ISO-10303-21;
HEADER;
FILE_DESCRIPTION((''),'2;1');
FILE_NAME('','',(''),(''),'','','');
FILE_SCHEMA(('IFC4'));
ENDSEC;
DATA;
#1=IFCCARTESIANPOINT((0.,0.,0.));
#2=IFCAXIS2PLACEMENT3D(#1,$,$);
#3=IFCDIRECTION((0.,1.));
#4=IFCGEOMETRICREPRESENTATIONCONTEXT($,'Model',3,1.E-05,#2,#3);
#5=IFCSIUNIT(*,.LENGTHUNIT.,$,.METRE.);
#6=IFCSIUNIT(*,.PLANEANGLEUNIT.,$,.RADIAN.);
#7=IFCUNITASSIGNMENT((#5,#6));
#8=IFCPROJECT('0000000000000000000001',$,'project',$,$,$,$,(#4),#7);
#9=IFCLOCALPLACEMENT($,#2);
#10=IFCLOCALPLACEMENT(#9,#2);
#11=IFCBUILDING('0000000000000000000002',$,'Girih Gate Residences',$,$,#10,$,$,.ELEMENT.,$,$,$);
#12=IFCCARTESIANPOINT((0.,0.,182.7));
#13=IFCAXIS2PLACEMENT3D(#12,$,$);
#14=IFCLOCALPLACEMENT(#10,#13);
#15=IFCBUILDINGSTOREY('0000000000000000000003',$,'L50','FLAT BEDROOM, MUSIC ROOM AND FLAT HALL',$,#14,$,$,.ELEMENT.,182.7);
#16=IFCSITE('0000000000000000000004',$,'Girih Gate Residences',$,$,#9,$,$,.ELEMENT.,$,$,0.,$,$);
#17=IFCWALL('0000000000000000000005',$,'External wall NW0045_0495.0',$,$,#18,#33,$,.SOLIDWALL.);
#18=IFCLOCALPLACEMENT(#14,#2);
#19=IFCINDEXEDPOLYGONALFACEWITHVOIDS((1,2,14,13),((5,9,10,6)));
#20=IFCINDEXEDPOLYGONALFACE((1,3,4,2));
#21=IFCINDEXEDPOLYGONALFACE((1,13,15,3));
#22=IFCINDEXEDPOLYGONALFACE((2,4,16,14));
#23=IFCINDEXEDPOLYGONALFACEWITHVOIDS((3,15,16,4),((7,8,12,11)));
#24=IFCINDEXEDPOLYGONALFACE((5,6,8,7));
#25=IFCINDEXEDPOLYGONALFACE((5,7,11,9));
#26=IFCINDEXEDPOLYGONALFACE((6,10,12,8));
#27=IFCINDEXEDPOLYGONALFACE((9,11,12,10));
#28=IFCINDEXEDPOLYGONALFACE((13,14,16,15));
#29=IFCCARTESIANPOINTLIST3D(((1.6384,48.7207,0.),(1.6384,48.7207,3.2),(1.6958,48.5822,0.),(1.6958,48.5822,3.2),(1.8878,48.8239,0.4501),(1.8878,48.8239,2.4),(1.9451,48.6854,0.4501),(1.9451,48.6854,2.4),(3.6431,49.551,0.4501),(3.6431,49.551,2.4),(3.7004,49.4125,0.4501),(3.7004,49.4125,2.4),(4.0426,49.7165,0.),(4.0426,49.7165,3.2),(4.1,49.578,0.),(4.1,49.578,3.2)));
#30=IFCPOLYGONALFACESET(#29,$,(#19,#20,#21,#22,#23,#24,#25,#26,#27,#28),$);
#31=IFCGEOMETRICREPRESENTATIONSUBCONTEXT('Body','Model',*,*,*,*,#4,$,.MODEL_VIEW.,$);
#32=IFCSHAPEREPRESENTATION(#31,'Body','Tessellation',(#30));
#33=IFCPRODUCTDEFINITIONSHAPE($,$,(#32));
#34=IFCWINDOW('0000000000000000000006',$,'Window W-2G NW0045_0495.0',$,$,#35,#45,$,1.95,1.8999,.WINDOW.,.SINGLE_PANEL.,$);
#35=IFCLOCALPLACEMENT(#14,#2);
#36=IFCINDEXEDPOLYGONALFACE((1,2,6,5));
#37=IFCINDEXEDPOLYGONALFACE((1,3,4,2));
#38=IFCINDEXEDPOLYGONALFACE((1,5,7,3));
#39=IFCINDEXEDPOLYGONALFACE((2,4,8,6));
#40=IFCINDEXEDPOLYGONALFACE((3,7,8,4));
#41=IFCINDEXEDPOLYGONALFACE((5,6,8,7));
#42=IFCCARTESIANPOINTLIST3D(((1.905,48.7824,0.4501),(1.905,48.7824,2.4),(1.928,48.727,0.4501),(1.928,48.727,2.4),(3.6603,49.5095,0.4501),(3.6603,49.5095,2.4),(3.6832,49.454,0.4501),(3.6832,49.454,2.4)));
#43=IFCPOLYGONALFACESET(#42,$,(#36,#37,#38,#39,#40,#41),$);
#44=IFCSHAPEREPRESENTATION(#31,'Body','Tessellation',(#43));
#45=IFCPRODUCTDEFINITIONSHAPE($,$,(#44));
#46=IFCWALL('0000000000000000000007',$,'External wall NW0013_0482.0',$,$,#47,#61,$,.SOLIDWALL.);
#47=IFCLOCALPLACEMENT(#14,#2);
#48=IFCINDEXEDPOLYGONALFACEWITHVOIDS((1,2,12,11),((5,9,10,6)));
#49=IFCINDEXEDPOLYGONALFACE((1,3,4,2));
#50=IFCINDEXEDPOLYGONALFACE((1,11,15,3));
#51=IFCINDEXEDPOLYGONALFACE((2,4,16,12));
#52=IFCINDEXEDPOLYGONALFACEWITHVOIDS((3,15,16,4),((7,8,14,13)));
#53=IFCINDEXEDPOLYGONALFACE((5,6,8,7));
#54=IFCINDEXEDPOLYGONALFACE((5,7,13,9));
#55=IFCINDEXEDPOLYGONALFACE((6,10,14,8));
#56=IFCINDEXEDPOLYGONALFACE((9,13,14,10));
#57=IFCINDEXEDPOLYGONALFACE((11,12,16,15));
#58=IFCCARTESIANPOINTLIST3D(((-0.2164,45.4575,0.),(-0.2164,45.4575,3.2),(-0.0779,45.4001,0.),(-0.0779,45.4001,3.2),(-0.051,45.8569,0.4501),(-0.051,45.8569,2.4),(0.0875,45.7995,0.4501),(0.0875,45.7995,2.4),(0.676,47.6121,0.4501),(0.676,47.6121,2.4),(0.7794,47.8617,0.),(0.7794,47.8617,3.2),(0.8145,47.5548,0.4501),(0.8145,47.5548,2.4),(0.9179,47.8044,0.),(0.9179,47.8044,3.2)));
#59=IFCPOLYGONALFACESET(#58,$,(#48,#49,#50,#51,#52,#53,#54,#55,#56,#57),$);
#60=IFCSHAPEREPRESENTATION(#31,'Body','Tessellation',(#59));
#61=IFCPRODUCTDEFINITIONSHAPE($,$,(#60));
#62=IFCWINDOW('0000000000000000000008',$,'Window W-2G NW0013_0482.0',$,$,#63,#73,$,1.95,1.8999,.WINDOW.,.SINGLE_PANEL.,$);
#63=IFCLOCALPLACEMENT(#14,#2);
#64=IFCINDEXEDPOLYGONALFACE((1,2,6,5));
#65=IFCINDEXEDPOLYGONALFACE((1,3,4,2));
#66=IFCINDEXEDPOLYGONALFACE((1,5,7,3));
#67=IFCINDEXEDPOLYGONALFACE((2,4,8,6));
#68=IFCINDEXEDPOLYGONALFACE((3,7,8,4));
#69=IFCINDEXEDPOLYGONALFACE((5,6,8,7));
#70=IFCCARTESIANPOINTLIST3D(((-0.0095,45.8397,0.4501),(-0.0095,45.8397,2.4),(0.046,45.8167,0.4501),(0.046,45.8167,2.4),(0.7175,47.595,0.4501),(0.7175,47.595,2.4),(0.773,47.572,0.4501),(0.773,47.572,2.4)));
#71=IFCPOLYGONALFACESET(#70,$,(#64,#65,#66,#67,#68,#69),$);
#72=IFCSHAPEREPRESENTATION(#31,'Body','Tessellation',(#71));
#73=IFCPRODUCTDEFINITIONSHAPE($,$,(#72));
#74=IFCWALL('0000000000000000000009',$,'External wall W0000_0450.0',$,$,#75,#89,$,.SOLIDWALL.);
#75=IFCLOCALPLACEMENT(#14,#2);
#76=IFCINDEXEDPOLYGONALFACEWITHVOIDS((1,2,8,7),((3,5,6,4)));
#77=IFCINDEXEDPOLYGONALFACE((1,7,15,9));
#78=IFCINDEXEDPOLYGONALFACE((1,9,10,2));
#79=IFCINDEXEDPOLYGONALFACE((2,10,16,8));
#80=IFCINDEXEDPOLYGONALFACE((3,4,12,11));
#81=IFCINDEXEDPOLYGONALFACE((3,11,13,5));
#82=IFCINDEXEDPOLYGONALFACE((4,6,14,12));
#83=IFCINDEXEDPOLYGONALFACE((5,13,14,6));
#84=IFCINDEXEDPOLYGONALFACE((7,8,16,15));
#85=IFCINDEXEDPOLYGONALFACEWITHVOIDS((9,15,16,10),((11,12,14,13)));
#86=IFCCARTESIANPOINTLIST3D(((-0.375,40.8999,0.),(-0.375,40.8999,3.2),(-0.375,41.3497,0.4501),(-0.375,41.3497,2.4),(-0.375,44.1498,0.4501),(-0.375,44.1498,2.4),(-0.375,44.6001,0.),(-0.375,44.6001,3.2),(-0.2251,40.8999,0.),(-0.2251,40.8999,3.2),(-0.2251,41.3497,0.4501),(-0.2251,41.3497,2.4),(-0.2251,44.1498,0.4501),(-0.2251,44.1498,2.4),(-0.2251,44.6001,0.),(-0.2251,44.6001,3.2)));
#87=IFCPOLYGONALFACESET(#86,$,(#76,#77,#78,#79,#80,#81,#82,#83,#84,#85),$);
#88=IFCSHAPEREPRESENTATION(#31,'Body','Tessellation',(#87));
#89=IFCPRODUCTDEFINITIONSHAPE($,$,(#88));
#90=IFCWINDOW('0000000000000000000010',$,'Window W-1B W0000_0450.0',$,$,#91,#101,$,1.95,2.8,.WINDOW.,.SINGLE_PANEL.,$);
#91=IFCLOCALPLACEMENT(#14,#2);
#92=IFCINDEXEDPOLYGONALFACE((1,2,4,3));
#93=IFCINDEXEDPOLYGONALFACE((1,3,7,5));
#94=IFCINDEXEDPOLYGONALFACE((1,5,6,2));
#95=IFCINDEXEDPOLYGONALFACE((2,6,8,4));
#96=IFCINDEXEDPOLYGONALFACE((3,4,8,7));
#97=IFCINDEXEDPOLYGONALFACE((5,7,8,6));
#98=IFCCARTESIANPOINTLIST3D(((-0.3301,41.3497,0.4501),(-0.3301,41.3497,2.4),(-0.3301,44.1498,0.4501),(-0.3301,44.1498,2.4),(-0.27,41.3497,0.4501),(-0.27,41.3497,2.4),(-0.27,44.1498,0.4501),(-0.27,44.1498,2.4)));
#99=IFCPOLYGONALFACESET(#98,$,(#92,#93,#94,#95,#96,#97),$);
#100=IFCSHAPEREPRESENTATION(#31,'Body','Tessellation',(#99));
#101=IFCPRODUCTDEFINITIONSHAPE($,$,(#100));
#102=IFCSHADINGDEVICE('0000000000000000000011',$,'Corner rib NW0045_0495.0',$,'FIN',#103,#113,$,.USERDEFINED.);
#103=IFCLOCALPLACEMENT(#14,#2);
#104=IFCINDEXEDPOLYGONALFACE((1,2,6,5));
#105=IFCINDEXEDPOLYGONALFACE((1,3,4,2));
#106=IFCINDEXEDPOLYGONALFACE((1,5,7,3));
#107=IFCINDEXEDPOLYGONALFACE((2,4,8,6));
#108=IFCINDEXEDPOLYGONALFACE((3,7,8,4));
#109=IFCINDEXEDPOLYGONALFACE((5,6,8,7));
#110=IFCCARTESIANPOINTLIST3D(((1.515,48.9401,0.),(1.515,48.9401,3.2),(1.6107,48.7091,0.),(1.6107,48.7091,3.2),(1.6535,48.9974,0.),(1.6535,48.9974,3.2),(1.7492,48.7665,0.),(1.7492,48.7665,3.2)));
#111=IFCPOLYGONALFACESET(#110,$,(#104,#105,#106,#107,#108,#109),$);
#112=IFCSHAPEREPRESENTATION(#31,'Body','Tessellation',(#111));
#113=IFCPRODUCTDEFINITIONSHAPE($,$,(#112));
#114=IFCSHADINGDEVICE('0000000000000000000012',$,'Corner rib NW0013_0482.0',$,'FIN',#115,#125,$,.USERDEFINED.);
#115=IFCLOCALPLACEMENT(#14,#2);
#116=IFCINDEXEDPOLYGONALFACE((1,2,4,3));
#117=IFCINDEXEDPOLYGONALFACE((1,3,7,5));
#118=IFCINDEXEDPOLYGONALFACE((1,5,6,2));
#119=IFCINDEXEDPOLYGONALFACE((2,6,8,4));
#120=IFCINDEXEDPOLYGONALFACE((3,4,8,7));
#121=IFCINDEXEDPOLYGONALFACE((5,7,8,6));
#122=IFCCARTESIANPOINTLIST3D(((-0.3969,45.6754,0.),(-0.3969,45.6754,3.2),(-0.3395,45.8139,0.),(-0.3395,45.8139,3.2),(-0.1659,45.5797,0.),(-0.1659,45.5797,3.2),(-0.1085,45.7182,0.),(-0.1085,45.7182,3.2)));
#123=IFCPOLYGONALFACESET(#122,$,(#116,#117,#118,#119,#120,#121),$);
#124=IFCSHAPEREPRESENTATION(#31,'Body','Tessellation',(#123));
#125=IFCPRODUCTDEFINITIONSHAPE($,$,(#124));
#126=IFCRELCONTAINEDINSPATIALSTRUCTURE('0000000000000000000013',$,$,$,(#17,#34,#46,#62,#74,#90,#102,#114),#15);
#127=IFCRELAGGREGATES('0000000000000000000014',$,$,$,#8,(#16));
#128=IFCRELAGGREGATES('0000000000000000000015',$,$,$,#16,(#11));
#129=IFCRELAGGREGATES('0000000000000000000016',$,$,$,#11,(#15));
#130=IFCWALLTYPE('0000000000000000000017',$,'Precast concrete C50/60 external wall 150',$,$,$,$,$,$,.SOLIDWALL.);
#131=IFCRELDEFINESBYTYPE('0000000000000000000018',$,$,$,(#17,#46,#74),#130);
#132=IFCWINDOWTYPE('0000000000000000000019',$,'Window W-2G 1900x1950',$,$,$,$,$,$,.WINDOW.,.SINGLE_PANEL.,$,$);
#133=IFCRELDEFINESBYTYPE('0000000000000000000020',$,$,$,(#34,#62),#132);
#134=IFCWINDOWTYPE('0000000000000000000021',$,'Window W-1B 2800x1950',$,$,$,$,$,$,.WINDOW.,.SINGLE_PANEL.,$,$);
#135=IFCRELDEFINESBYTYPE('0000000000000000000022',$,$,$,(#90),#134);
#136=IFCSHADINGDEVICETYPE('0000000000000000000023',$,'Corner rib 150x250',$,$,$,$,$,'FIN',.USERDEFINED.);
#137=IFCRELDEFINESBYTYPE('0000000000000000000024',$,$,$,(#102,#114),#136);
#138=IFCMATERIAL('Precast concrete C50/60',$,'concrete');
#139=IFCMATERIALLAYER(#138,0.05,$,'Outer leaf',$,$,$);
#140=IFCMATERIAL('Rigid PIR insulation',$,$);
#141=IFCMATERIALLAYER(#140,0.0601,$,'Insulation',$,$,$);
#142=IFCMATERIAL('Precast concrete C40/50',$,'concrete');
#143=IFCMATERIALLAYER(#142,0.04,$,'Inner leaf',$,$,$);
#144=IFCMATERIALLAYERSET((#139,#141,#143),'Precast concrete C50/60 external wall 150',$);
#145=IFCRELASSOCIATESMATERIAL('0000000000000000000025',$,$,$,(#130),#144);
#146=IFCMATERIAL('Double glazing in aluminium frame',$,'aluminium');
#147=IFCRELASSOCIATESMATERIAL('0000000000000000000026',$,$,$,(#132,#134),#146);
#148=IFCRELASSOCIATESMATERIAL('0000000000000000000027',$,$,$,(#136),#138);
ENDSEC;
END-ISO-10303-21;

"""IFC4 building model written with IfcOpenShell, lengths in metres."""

from ifc_helpers import new_model, si_unit, direction, frame, frame_2d, origin, origin_2d, place, context, subcontext, project, spatial, rectangle, extrude, material, layer, layer_set, type_object, element, fill, save


model = new_model("IFC4")

# Units and contexts
model_context = context("Model", 3, precision=1e-05, world=origin(), true_north=direction((0.0, 1.0)))
body_context = subcontext(model_context, "Body", "Model", "MODEL_VIEW")
ifc_project = project(units=[si_unit("LENGTHUNIT", "METRE"), si_unit("PLANEANGLEUNIT", "RADIAN")], contexts=[model_context])

# Site, building, storey
site_placement = place(None, origin())
site = spatial("IfcSite", under=ifc_project, at=site_placement, Name="Girih Gate Residences", CompositionType="ELEMENT", RefElevation=0.0)
building_placement = place(site_placement, origin())
building = spatial("IfcBuilding", under=site, at=building_placement, Name="Girih Gate Residences", CompositionType="ELEMENT")
storey_placement = place(building_placement, frame((0.0, 0.0, 182.7)))
storey = spatial("IfcBuildingStorey", under=building, at=storey_placement, Name="L50", Description="FLAT BEDROOM, MUSIC ROOM AND FLAT HALL", CompositionType="ELEMENT", Elevation=182.7)

# Walls, openings, windows
ifc_material_1 = material(Name="Precast concrete C50/60", Category="concrete")
ifc_layer_1 = layer(ifc_material_1, 0.05, Name="Outer leaf")
ifc_material_2 = material(Name="Rigid PIR insulation")
ifc_layer_2 = layer(ifc_material_2, 0.0601, Name="Insulation")
ifc_material_3 = material(Name="Precast concrete C40/50", Category="concrete")
ifc_layer_3 = layer(ifc_material_3, 0.04, Name="Inner leaf")
ifc_layer_set_1 = layer_set([ifc_layer_1, ifc_layer_2, ifc_layer_3], Name="Precast concrete C50/60 external wall 150")
wall_type_1 = type_object("IfcWallType", Name="Precast concrete C50/60 external wall 150", PredefinedType="SOLIDWALL", material=ifc_layer_set_1)
wall_1_placement = place(storey_placement, frame((1.667, 48.6514, 0.0), z_axis=(0.0, 0.0, 1.0), x_axis=(0.923885, 0.382669, 0.0)))
wall_1 = element("IfcWall", 1, at=wall_1_placement, inside=storey, type_object=wall_type_1, Name="External wall NW0045_0495.0", PredefinedType="SOLIDWALL", context=body_context, shape_type="SweptSolid", body=[
    extrude(rectangle(XDim=2.6023, YDim=0.1499, at=frame_2d((1.3013, 0.0))), origin(), (0.0, 0.0, 1.0), 3.2),
])
opening_1_placement = place(wall_1_placement, frame((0.27, 0.0, 0.45)))
opening_1 = element("IfcOpeningElement", 2, at=opening_1_placement, cuts=wall_1, PredefinedType="OPENING", context=body_context, shape_type="SweptSolid", body=[
    extrude(rectangle(XDim=1.8999, YDim=1.95, at=frame_2d((0.95, 0.9751))), frame((0.0, 0.085, 0.0), z_axis=(0.0, -1.0, 0.0), x_axis=(1.0, 0.0, 0.0)), (0.0, 0.0, 1.0), 0.1699),
])
ifc_material_4 = material(Name="Double glazing in aluminium frame", Category="aluminium")
window_type_1 = type_object("IfcWindowType", Name="Window W-2G 1900x1950", PartitioningType="SINGLE_PANEL", PredefinedType="WINDOW", material=ifc_material_4)
window_1_placement = place(opening_1_placement, origin())
window_1 = element("IfcWindow", 3, at=window_1_placement, inside=storey, type_object=window_type_1, Name="Window W-2G NW0045_0495.0", OverallHeight=1.95, OverallWidth=1.8999, PartitioningType="SINGLE_PANEL", PredefinedType="WINDOW", context=body_context, shape_type="SweptSolid", body=[
    extrude(rectangle(XDim=1.8999, YDim=1.95, at=frame_2d((0.95, 0.9751))), frame((0.0, 0.03, 0.0), z_axis=(0.0, -1.0, 0.0), x_axis=(1.0, 0.0, 0.0)), (0.0, 0.0, 1.0), 0.0601),
])
fill(opening_1, window_1)
wall_2_placement = place(storey_placement, frame((-0.1472, 45.4287, 0.0), z_axis=(0.0, 0.0, 1.0), x_axis=(0.382669, 0.923885, 0.0)))
wall_2 = element("IfcWall", 4, at=wall_2_placement, inside=storey, type_object=wall_type_1, Name="External wall NW0013_0482.0", PredefinedType="SOLIDWALL", context=body_context, shape_type="SweptSolid", body=[
    extrude(rectangle(XDim=2.6023, YDim=0.1499, at=frame_2d((1.3013, 0.0))), origin(), (0.0, 0.0, 1.0), 3.2),
])
opening_2_placement = place(wall_2_placement, frame((0.4324, 0.0, 0.45)))
opening_2 = element("IfcOpeningElement", 5, at=opening_2_placement, cuts=wall_2, PredefinedType="OPENING", context=body_context, shape_type="SweptSolid", body=[
    extrude(rectangle(XDim=1.8999, YDim=1.95, at=frame_2d((0.95, 0.9751))), frame((0.0, 0.085, 0.0), z_axis=(0.0, -1.0, 0.0), x_axis=(1.0, 0.0, 0.0)), (0.0, 0.0, 1.0), 0.1699),
])
window_2_placement = place(opening_2_placement, origin())
window_2 = element("IfcWindow", 6, at=window_2_placement, inside=storey, type_object=window_type_1, Name="Window W-2G NW0013_0482.0", OverallHeight=1.95, OverallWidth=1.8999, PartitioningType="SINGLE_PANEL", PredefinedType="WINDOW", context=body_context, shape_type="SweptSolid", body=[
    extrude(rectangle(XDim=1.8999, YDim=1.95, at=frame_2d((0.95, 0.9751))), frame((0.0, 0.03, 0.0), z_axis=(0.0, -1.0, 0.0), x_axis=(1.0, 0.0, 0.0)), (0.0, 0.0, 1.0), 0.0601),
])
fill(opening_2, window_2)
wall_3_placement = place(storey_placement, frame((-0.3, 40.8999, 0.0), z_axis=(0.0, 0.0, 1.0), x_axis=(0.0, 1.0, 0.0)))
wall_3 = element("IfcWall", 7, at=wall_3_placement, inside=storey, type_object=wall_type_1, Name="External wall W0000_0450.0", PredefinedType="SOLIDWALL", context=body_context, shape_type="SweptSolid", body=[
    extrude(rectangle(XDim=3.7002, YDim=0.1499, at=frame_2d((1.8501, 0.0))), origin(), (0.0, 0.0, 1.0), 3.2),
])
opening_3_placement = place(wall_3_placement, frame((0.45, 0.0, 0.45)))
opening_3 = element("IfcOpeningElement", 8, at=opening_3_placement, cuts=wall_3, PredefinedType="OPENING", context=body_context, shape_type="SweptSolid", body=[
    extrude(rectangle(XDim=2.8, YDim=1.95, at=frame_2d((1.3999, 0.9751))), frame((0.0, 0.085, 0.0), z_axis=(0.0, -1.0, 0.0), x_axis=(1.0, 0.0, 0.0)), (0.0, 0.0, 1.0), 0.1699),
])
window_type_2 = type_object("IfcWindowType", Name="Window W-1B 2800x1950", PartitioningType="SINGLE_PANEL", PredefinedType="WINDOW", material=ifc_material_4)
window_3_placement = place(opening_3_placement, origin())
window_3 = element("IfcWindow", 9, at=window_3_placement, inside=storey, type_object=window_type_2, Name="Window W-1B W0000_0450.0", OverallHeight=1.95, OverallWidth=2.8, PartitioningType="SINGLE_PANEL", PredefinedType="WINDOW", context=body_context, shape_type="SweptSolid", body=[
    extrude(rectangle(XDim=2.8, YDim=1.95, at=frame_2d((1.3999, 0.9751))), frame((0.0, 0.03, 0.0), z_axis=(0.0, -1.0, 0.0), x_axis=(1.0, 0.0, 0.0)), (0.0, 0.0, 1.0), 0.0601),
])
fill(opening_3, window_3)

# Shading devices
shading_device_type = type_object("IfcShadingDeviceType", Name="Corner rib 150x250", ElementType="FIN", PredefinedType="USERDEFINED", material=ifc_material_1)
for number, where, z_axis, x_axis, name in (
    (10, (1.6321, 48.8533, 0.0), (0.0, 0.0, 1.0), (-0.92388, -0.382683, 0.0), "Corner rib NW0045_0495.0"),
    (11, (-0.2527, 45.6968, 0.0), (0.0, 0.0, 1.0), (-0.382683, -0.92388, 0.0), "Corner rib NW0013_0482.0"),
):
    element("IfcShadingDevice", number, at=place(storey_placement, frame(where, z_axis=z_axis, x_axis=x_axis)), inside=storey, type_object=shading_device_type, Name=name, ObjectType="FIN", PredefinedType="USERDEFINED", context=body_context, shape_type="SweptSolid", body=[
        extrude(rectangle(XDim=0.1499, YDim=0.25, at=origin_2d()), origin(), (0.0, 0.0, 1.0), 3.2),
    ])

save(model, "model.ifc")
